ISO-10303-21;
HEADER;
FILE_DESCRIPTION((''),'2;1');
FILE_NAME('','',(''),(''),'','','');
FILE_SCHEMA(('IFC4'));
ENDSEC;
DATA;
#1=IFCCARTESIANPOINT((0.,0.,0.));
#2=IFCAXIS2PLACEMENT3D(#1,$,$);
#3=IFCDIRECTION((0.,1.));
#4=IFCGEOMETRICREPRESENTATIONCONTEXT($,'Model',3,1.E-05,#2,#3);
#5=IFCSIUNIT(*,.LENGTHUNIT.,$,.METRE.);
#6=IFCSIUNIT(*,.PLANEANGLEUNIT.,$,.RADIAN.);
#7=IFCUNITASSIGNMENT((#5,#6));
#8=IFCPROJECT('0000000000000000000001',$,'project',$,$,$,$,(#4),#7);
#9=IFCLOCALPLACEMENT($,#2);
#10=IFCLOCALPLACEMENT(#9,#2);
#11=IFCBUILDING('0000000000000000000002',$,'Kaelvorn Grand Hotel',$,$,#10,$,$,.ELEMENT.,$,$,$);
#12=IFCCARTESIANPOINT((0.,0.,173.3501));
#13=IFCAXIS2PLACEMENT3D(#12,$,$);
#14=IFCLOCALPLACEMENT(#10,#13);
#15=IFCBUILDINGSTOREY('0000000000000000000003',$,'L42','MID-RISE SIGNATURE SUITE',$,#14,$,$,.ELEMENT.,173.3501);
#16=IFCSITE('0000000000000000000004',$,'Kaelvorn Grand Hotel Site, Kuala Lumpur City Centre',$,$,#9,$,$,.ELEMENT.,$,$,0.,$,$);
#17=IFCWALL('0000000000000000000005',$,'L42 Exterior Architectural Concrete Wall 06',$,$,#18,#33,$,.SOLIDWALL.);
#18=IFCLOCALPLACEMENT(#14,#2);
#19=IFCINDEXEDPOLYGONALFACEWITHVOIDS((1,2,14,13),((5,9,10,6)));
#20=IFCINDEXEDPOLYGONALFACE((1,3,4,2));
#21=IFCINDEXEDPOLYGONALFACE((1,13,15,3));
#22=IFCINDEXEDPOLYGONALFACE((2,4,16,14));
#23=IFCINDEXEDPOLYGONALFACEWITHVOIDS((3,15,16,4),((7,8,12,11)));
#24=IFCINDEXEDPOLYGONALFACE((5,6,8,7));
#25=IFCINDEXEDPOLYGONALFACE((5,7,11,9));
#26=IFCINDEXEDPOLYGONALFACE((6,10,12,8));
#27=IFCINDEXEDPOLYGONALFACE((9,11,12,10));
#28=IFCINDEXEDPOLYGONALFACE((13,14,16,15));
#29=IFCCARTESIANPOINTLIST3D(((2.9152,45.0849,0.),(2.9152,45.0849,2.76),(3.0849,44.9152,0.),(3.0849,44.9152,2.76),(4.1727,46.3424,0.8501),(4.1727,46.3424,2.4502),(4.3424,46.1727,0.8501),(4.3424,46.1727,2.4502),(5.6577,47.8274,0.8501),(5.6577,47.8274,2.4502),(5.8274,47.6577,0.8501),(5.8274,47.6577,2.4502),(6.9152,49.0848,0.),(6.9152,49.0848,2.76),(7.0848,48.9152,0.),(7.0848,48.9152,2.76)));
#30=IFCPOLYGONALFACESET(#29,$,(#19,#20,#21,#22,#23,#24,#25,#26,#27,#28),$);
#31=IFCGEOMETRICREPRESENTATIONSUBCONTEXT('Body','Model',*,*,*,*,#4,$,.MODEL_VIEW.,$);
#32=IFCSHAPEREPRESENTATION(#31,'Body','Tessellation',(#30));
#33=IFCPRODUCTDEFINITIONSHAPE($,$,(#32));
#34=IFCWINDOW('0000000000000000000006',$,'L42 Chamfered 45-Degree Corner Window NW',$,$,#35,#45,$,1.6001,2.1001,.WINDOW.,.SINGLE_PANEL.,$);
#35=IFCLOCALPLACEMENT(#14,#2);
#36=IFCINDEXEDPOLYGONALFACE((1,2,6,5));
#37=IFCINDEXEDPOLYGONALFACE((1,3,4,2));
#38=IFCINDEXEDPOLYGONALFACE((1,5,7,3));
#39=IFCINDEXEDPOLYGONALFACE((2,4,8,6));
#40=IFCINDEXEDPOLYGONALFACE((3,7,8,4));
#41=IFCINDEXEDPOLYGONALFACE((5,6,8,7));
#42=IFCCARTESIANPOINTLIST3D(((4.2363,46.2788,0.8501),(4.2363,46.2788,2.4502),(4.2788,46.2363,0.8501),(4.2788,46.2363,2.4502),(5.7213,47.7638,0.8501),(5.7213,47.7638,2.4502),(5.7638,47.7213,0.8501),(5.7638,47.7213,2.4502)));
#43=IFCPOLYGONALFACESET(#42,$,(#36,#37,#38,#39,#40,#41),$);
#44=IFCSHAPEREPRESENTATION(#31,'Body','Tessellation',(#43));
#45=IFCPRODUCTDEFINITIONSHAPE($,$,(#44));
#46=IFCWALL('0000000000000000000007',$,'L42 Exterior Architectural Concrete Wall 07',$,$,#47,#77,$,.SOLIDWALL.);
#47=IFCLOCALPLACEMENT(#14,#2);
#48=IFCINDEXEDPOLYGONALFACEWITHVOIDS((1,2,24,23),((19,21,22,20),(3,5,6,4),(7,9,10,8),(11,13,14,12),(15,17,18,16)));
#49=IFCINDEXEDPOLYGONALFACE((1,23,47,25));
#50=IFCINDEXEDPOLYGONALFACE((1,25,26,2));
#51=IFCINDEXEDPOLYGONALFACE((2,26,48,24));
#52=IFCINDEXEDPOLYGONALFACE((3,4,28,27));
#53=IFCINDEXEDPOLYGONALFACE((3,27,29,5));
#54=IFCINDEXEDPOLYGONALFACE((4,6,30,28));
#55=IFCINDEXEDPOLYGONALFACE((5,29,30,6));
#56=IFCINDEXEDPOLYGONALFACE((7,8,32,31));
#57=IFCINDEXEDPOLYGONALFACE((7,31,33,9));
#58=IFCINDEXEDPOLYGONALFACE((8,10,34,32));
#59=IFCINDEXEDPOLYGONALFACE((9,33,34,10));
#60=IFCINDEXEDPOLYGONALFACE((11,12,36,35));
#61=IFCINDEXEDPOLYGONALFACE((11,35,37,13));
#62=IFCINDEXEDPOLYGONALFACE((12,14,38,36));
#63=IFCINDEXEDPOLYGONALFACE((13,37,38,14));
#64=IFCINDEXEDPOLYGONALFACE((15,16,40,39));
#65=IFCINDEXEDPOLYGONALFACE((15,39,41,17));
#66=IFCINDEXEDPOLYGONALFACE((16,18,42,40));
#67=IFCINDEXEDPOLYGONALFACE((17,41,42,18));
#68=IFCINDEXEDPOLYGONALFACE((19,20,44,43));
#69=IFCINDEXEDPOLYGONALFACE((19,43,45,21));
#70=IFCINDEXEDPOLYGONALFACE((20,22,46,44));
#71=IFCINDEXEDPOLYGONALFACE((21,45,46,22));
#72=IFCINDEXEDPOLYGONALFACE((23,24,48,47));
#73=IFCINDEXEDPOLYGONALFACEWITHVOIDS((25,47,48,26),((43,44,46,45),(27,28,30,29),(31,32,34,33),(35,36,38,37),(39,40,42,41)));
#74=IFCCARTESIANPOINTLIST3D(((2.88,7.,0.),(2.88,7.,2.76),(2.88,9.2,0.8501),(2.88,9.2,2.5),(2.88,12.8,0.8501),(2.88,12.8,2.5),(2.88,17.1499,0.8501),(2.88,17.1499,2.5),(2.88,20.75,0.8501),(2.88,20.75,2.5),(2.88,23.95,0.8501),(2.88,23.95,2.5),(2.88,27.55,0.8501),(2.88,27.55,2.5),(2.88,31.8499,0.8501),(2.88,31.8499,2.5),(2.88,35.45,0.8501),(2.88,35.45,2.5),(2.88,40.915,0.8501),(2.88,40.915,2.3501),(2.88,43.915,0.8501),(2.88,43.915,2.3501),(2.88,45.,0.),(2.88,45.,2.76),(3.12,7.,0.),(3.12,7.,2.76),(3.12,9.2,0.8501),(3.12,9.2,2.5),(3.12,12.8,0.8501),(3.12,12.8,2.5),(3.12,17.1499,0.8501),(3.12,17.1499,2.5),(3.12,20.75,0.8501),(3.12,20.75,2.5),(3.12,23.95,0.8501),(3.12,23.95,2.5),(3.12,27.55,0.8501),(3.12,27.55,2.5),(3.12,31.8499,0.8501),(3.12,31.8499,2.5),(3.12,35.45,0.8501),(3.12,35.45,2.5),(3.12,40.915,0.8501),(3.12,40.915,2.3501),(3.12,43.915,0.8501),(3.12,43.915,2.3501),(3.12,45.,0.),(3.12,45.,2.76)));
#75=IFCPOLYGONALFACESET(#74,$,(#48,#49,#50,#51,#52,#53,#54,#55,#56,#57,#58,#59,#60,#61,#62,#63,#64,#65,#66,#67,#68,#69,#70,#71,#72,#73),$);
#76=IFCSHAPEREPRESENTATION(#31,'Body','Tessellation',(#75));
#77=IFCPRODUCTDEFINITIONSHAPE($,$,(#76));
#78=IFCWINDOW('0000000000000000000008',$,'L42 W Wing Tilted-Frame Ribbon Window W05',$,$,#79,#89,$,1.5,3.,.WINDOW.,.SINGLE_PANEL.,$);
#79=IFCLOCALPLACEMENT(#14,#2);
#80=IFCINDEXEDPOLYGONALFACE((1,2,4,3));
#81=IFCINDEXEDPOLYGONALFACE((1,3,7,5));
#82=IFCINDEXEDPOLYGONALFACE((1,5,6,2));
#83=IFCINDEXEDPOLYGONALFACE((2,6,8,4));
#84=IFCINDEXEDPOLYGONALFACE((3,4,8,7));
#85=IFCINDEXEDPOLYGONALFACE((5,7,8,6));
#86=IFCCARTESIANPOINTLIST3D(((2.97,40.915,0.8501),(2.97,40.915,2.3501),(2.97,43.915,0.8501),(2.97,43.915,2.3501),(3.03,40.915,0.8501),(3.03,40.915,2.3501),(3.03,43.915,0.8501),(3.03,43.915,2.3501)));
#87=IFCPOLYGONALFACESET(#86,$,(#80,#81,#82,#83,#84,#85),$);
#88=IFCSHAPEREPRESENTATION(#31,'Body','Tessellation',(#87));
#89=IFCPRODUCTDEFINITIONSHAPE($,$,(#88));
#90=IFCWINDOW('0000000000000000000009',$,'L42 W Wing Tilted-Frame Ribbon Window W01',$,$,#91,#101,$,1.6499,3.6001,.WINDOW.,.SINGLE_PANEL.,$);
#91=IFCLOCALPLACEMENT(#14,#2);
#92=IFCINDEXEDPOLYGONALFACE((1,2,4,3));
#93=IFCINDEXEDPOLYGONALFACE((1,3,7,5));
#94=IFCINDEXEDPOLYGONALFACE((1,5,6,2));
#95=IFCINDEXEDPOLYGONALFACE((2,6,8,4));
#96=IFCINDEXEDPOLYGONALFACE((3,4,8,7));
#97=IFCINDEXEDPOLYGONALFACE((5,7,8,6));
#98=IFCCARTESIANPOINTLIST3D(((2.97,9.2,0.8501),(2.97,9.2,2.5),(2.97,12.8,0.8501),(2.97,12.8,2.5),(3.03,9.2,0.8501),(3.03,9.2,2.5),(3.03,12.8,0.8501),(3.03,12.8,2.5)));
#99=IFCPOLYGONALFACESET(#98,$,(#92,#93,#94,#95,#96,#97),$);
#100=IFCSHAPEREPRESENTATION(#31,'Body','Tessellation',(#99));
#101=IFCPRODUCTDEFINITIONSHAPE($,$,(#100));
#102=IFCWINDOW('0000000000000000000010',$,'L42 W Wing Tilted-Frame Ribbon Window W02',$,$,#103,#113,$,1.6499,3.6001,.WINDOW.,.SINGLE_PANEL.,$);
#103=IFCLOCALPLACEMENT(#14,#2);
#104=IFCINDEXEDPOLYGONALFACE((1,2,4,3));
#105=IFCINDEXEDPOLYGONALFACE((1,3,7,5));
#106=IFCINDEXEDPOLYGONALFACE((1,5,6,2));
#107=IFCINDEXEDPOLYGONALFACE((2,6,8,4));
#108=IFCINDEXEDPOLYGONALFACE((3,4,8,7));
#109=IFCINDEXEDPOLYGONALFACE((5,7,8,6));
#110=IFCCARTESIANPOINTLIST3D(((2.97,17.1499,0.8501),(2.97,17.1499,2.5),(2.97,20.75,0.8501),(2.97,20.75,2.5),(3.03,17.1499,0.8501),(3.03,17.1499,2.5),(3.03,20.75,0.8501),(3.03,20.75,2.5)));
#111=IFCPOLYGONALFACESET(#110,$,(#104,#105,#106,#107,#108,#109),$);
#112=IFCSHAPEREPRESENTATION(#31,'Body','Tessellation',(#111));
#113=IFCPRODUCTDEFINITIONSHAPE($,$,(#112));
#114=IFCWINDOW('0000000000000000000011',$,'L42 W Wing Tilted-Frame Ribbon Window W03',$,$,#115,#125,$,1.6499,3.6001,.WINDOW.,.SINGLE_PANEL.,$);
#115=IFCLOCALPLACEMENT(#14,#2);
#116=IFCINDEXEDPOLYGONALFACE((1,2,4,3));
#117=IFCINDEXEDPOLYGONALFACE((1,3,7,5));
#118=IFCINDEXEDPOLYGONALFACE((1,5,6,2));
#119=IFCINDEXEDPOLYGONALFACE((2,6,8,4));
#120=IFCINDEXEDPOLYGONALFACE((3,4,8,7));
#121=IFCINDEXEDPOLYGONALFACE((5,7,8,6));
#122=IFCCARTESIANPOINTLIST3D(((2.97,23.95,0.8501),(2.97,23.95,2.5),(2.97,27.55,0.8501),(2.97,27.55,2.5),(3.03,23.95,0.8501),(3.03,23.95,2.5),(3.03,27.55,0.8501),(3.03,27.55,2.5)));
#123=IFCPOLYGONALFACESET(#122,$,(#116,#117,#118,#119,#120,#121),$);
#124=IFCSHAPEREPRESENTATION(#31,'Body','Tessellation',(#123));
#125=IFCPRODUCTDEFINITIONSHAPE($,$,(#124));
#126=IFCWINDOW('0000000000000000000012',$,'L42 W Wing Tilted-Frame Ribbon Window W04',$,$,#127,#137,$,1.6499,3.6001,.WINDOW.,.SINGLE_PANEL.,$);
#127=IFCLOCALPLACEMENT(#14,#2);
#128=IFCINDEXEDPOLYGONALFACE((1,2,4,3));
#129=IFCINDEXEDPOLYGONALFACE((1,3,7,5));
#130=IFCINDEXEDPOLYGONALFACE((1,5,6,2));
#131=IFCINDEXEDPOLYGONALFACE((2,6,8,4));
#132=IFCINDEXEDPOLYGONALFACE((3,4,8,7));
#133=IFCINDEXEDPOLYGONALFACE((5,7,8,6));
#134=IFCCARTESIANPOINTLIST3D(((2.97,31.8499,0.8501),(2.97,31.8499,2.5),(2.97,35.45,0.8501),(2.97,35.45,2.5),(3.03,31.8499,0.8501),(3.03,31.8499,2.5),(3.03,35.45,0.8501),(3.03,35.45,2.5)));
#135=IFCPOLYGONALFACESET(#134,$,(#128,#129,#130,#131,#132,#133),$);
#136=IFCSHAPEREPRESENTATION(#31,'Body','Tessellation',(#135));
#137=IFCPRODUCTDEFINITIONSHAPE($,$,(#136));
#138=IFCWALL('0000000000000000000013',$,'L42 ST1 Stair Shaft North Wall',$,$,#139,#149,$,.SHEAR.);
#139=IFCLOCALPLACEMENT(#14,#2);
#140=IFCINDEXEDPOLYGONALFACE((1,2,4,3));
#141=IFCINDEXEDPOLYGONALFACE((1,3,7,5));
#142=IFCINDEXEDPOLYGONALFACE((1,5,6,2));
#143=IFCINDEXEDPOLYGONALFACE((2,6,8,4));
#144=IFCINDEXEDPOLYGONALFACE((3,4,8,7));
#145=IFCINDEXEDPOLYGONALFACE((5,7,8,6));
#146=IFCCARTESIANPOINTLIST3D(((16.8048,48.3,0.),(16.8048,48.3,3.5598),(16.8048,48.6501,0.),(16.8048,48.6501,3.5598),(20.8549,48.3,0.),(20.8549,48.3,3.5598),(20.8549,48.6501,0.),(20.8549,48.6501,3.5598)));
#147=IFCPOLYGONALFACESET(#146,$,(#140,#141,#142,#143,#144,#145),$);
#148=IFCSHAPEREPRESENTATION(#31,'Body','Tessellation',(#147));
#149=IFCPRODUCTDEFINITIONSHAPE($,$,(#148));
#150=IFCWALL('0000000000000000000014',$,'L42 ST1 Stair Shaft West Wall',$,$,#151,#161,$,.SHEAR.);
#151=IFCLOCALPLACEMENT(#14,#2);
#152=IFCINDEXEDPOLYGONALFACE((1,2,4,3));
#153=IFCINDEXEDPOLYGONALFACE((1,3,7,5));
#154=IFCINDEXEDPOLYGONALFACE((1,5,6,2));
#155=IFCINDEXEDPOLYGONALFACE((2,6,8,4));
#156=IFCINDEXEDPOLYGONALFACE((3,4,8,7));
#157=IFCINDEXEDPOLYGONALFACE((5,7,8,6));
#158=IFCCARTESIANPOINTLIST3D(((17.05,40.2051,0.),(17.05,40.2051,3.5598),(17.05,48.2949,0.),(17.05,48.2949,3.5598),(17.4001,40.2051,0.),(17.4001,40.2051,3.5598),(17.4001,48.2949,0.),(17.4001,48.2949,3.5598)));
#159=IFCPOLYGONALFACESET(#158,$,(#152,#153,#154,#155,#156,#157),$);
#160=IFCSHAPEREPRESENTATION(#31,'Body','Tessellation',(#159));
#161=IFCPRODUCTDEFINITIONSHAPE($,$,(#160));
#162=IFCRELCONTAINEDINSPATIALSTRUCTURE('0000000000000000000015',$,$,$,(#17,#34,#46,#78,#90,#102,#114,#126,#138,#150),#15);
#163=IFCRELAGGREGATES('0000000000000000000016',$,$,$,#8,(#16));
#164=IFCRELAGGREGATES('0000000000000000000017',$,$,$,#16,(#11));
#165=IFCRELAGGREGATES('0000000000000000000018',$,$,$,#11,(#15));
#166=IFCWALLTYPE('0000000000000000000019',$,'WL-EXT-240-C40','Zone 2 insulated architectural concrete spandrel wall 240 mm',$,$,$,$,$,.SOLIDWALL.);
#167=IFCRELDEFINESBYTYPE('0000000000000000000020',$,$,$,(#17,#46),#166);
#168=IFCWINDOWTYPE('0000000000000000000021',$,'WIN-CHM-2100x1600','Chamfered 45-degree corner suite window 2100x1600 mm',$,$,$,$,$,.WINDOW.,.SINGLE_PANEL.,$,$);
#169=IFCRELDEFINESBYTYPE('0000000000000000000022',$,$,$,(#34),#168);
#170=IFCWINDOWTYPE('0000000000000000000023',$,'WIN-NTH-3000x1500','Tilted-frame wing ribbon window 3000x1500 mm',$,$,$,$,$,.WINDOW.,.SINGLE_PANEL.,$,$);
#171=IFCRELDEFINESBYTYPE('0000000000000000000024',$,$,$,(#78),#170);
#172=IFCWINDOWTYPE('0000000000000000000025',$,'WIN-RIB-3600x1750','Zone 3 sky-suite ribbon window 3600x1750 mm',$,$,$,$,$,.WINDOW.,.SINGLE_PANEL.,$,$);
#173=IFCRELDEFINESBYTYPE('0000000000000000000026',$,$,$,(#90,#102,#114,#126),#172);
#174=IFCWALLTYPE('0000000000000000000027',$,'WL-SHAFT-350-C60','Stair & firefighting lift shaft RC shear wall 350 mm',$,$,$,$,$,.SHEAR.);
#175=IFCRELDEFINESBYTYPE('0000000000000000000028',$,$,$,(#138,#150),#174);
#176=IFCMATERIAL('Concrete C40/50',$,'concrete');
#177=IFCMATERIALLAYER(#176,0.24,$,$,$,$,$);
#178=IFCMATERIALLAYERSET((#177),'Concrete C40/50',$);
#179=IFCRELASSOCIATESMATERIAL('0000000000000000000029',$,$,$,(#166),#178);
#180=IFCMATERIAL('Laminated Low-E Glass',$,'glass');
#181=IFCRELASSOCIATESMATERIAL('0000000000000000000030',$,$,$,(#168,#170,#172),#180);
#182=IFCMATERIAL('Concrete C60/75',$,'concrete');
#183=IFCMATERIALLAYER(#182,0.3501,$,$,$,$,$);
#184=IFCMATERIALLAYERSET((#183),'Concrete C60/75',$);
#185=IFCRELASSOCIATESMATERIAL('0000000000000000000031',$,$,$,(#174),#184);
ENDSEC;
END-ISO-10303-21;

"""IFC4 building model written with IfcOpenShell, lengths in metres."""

from ifc_helpers import new_model, si_unit, direction, frame, frame_2d, origin, place, context, subcontext, project, spatial, rectangle, extrude, material, layer, layer_set, type_object, element, fill, save


model = new_model("IFC4")

# Units and contexts
model_context = context("Model", 3, precision=1e-05, world=origin(), true_north=direction((0.0, 1.0)))
body_context = subcontext(model_context, "Body", "Model", "MODEL_VIEW")
ifc_project = project(units=[si_unit("LENGTHUNIT", "METRE"), si_unit("PLANEANGLEUNIT", "RADIAN")], contexts=[model_context])

# Site, building, storey
site_placement = place(None, origin())
site = spatial("IfcSite", under=ifc_project, at=site_placement, Name="Kaelvorn Grand Hotel Site, Kuala Lumpur City Centre", CompositionType="ELEMENT", RefElevation=0.0)
building_placement = place(site_placement, origin())
building = spatial("IfcBuilding", under=site, at=building_placement, Name="Kaelvorn Grand Hotel", CompositionType="ELEMENT")
storey_placement = place(building_placement, frame((0.0, 0.0, 173.3501)))
storey = spatial("IfcBuildingStorey", under=building, at=storey_placement, Name="L42", Description="MID-RISE SIGNATURE SUITE", CompositionType="ELEMENT", Elevation=173.3501)

# Shared definitions
ifc_material_1 = material(Name="Concrete C60/75", Category="concrete")

# Wall, opening, window
ifc_material_2 = material(Name="Concrete C40/50", Category="concrete")
ifc_layer_1 = layer(ifc_material_2, 0.24)
ifc_layer_set_1 = layer_set([ifc_layer_1], Name="Concrete C40/50")
wall_type_1 = type_object("IfcWallType", Name="WL-EXT-240-C40", Description="Zone 2 insulated architectural concrete spandrel wall 240 mm", PredefinedType="SOLIDWALL", material=ifc_layer_set_1)
wall_1_placement = place(storey_placement, frame((7.0, 49.0, 0.0), z_axis=(0.0, 0.0, 1.0), x_axis=(-0.707107, -0.707107, 0.0)))
wall_1 = element("IfcWall", 1, at=wall_1_placement, inside=storey, type_object=wall_type_1, Name="L42 Exterior Architectural Concrete Wall 06", PredefinedType="SOLIDWALL", context=body_context, shape_type="SweptSolid", body=[
    extrude(rectangle(XDim=5.6567, YDim=0.24, at=frame_2d((2.8284, 0.0))), origin(), (0.0, 0.0, 1.0), 2.76),
])
opening_1_placement = place(wall_1_placement, frame((1.7783, 0.0, 0.8501)))
opening_1 = element("IfcOpeningElement", 2, at=opening_1_placement, cuts=wall_1, PredefinedType="OPENING", context=body_context, shape_type="SweptSolid", body=[
    extrude(rectangle(XDim=2.1001, YDim=1.6001, at=frame_2d((1.05, 0.8))), frame((0.0, 0.1299, 0.0), z_axis=(0.0, -1.0, 0.0), x_axis=(1.0, 0.0, 0.0)), (0.0, 0.0, 1.0), 0.26),
])
ifc_material_3 = material(Name="Laminated Low-E Glass", Category="glass")
window_type_1 = type_object("IfcWindowType", Name="WIN-CHM-2100x1600", Description="Chamfered 45-degree corner suite window 2100x1600 mm", PartitioningType="SINGLE_PANEL", PredefinedType="WINDOW", material=ifc_material_3)
window_1_placement = place(opening_1_placement, origin())
window_1 = element("IfcWindow", 3, at=window_1_placement, inside=storey, type_object=window_type_1, Name="L42 Chamfered 45-Degree Corner Window NW", OverallHeight=1.6001, OverallWidth=2.1001, PartitioningType="SINGLE_PANEL", PredefinedType="WINDOW", context=body_context, shape_type="SweptSolid", body=[
    extrude(rectangle(XDim=2.1001, YDim=1.6001, at=frame_2d((1.05, 0.8))), frame((0.0, 0.03, 0.0), z_axis=(0.0, -1.0, 0.0), x_axis=(1.0, 0.0, 0.0)), (0.0, 0.0, 1.0), 0.0601),
])
fill(opening_1, window_1)

# Wall, openings, windows
wall_2_placement = place(storey_placement, frame((3.0, 45.0, 0.0), z_axis=(0.0, 0.0, 1.0), x_axis=(0.0, -1.0, 0.0)))
wall_2 = element("IfcWall", 4, at=wall_2_placement, inside=storey, type_object=wall_type_1, Name="L42 Exterior Architectural Concrete Wall 07", PredefinedType="SOLIDWALL", context=body_context, shape_type="SweptSolid", body=[
    extrude(rectangle(XDim=38.0, YDim=0.24, at=frame_2d((19.0, 0.0))), origin(), (0.0, 0.0, 1.0), 2.76),
])
opening_2_placement = place(wall_2_placement, frame((32.2, 0.0, 0.8501)))
opening_2 = element("IfcOpeningElement", 5, at=opening_2_placement, cuts=wall_2, PredefinedType="OPENING", context=body_context, shape_type="SweptSolid", body=[
    extrude(rectangle(XDim=3.6001, YDim=1.6499, at=frame_2d((1.8, 0.825))), frame((0.0, 0.1299, 0.0), z_axis=(0.0, -1.0, 0.0), x_axis=(1.0, 0.0, 0.0)), (0.0, 0.0, 1.0), 0.26),
])
opening_3_placement = place(wall_2_placement, frame((24.25, 0.0, 0.8501)))
opening_3 = element("IfcOpeningElement", 6, at=opening_3_placement, cuts=wall_2, PredefinedType="OPENING", context=body_context, shape_type="SweptSolid", body=[
    extrude(rectangle(XDim=3.6001, YDim=1.6499, at=frame_2d((1.8, 0.825))), frame((0.0, 0.1299, 0.0), z_axis=(0.0, -1.0, 0.0), x_axis=(1.0, 0.0, 0.0)), (0.0, 0.0, 1.0), 0.26),
])
opening_4_placement = place(wall_2_placement, frame((17.45, 0.0, 0.8501)))
opening_4 = element("IfcOpeningElement", 7, at=opening_4_placement, cuts=wall_2, PredefinedType="OPENING", context=body_context, shape_type="SweptSolid", body=[
    extrude(rectangle(XDim=3.6001, YDim=1.6499, at=frame_2d((1.8, 0.825))), frame((0.0, 0.1299, 0.0), z_axis=(0.0, -1.0, 0.0), x_axis=(1.0, 0.0, 0.0)), (0.0, 0.0, 1.0), 0.26),
])
opening_5_placement = place(wall_2_placement, frame((9.55, 0.0, 0.8501)))
opening_5 = element("IfcOpeningElement", 8, at=opening_5_placement, cuts=wall_2, PredefinedType="OPENING", context=body_context, shape_type="SweptSolid", body=[
    extrude(rectangle(XDim=3.6001, YDim=1.6499, at=frame_2d((1.8, 0.825))), frame((0.0, 0.1299, 0.0), z_axis=(0.0, -1.0, 0.0), x_axis=(1.0, 0.0, 0.0)), (0.0, 0.0, 1.0), 0.26),
])
opening_6_placement = place(wall_2_placement, frame((1.085, 0.0, 0.8501)))
opening_6 = element("IfcOpeningElement", 9, at=opening_6_placement, cuts=wall_2, PredefinedType="OPENING", context=body_context, shape_type="SweptSolid", body=[
    extrude(rectangle(XDim=3.0, YDim=1.5, at=frame_2d((1.5, 0.75))), frame((0.0, 0.1299, 0.0), z_axis=(0.0, -1.0, 0.0), x_axis=(1.0, 0.0, 0.0)), (0.0, 0.0, 1.0), 0.26),
])
window_type_2 = type_object("IfcWindowType", Name="WIN-NTH-3000x1500", Description="Tilted-frame wing ribbon window 3000x1500 mm", PartitioningType="SINGLE_PANEL", PredefinedType="WINDOW", material=ifc_material_3)
window_2_placement = place(opening_6_placement, origin())
window_2 = element("IfcWindow", 10, at=window_2_placement, inside=storey, type_object=window_type_2, Name="L42 W Wing Tilted-Frame Ribbon Window W05", OverallHeight=1.5, OverallWidth=3.0, PartitioningType="SINGLE_PANEL", PredefinedType="WINDOW", context=body_context, shape_type="SweptSolid", body=[
    extrude(rectangle(XDim=3.0, YDim=1.5, at=frame_2d((1.5, 0.75))), frame((0.0, 0.03, 0.0), z_axis=(0.0, -1.0, 0.0), x_axis=(1.0, 0.0, 0.0)), (0.0, 0.0, 1.0), 0.0601),
])
fill(opening_6, window_2)
window_type_3 = type_object("IfcWindowType", Name="WIN-RIB-3600x1750", Description="Zone 3 sky-suite ribbon window 3600x1750 mm", PartitioningType="SINGLE_PANEL", PredefinedType="WINDOW", material=ifc_material_3)
window_3_placement = place(opening_2_placement, origin())
window_3 = element("IfcWindow", 11, at=window_3_placement, inside=storey, type_object=window_type_3, Name="L42 W Wing Tilted-Frame Ribbon Window W01", OverallHeight=1.6499, OverallWidth=3.6001, PartitioningType="SINGLE_PANEL", PredefinedType="WINDOW", context=body_context, shape_type="SweptSolid", body=[
    extrude(rectangle(XDim=3.6001, YDim=1.6499, at=frame_2d((1.8, 0.825))), frame((0.0, 0.03, 0.0), z_axis=(0.0, -1.0, 0.0), x_axis=(1.0, 0.0, 0.0)), (0.0, 0.0, 1.0), 0.0601),
])
fill(opening_2, window_3)
window_4_placement = place(opening_3_placement, origin())
window_4 = element("IfcWindow", 12, at=window_4_placement, inside=storey, type_object=window_type_3, Name="L42 W Wing Tilted-Frame Ribbon Window W02", OverallHeight=1.6499, OverallWidth=3.6001, PartitioningType="SINGLE_PANEL", PredefinedType="WINDOW", context=body_context, shape_type="SweptSolid", body=[
    extrude(rectangle(XDim=3.6001, YDim=1.6499, at=frame_2d((1.8, 0.825))), frame((0.0, 0.03, 0.0), z_axis=(0.0, -1.0, 0.0), x_axis=(1.0, 0.0, 0.0)), (0.0, 0.0, 1.0), 0.0601),
])
fill(opening_3, window_4)
window_5_placement = place(opening_4_placement, origin())
window_5 = element("IfcWindow", 13, at=window_5_placement, inside=storey, type_object=window_type_3, Name="L42 W Wing Tilted-Frame Ribbon Window W03", OverallHeight=1.6499, OverallWidth=3.6001, PartitioningType="SINGLE_PANEL", PredefinedType="WINDOW", context=body_context, shape_type="SweptSolid", body=[
    extrude(rectangle(XDim=3.6001, YDim=1.6499, at=frame_2d((1.8, 0.825))), frame((0.0, 0.03, 0.0), z_axis=(0.0, -1.0, 0.0), x_axis=(1.0, 0.0, 0.0)), (0.0, 0.0, 1.0), 0.0601),
])
fill(opening_4, window_5)
window_6_placement = place(opening_5_placement, origin())
window_6 = element("IfcWindow", 14, at=window_6_placement, inside=storey, type_object=window_type_3, Name="L42 W Wing Tilted-Frame Ribbon Window W04", OverallHeight=1.6499, OverallWidth=3.6001, PartitioningType="SINGLE_PANEL", PredefinedType="WINDOW", context=body_context, shape_type="SweptSolid", body=[
    extrude(rectangle(XDim=3.6001, YDim=1.6499, at=frame_2d((1.8, 0.825))), frame((0.0, 0.03, 0.0), z_axis=(0.0, -1.0, 0.0), x_axis=(1.0, 0.0, 0.0)), (0.0, 0.0, 1.0), 0.0601),
])
fill(opening_5, window_6)

# Shared definitions
ifc_layer_2 = layer(ifc_material_1, 0.3501)
ifc_layer_set_2 = layer_set([ifc_layer_2], Name="Concrete C60/75")
wall_type_2 = type_object("IfcWallType", Name="WL-SHAFT-350-C60", Description="Stair & firefighting lift shaft RC shear wall 350 mm", PredefinedType="SHEAR", material=ifc_layer_set_2)

# Walls
wall_3_placement = place(storey_placement, frame((16.8049, 48.4751, 0.0), z_axis=(0.0, 0.0, 1.0), x_axis=(1.0, 0.0, 0.0)))
element("IfcWall", 15, at=wall_3_placement, inside=storey, type_object=wall_type_2, Name="L42 ST1 Stair Shaft North Wall", PredefinedType="SHEAR", context=body_context, shape_type="SweptSolid", body=[
    extrude(rectangle(XDim=4.05, YDim=0.3501, at=frame_2d((2.0249, 0.0))), origin(), (0.0, 0.0, 1.0), 3.5598),
])
wall_4_placement = place(storey_placement, frame((17.2251, 40.2051, 0.0), z_axis=(0.0, 0.0, 1.0), x_axis=(0.0, 1.0, 0.0)))
element("IfcWall", 16, at=wall_4_placement, inside=storey, type_object=wall_type_2, Name="L42 ST1 Stair Shaft West Wall", PredefinedType="SHEAR", context=body_context, shape_type="SweptSolid", body=[
    extrude(rectangle(XDim=8.0898, YDim=0.3501, at=frame_2d((4.0449, 0.0))), origin(), (0.0, 0.0, 1.0), 3.5598),
])

save(model, "model.ifc")
